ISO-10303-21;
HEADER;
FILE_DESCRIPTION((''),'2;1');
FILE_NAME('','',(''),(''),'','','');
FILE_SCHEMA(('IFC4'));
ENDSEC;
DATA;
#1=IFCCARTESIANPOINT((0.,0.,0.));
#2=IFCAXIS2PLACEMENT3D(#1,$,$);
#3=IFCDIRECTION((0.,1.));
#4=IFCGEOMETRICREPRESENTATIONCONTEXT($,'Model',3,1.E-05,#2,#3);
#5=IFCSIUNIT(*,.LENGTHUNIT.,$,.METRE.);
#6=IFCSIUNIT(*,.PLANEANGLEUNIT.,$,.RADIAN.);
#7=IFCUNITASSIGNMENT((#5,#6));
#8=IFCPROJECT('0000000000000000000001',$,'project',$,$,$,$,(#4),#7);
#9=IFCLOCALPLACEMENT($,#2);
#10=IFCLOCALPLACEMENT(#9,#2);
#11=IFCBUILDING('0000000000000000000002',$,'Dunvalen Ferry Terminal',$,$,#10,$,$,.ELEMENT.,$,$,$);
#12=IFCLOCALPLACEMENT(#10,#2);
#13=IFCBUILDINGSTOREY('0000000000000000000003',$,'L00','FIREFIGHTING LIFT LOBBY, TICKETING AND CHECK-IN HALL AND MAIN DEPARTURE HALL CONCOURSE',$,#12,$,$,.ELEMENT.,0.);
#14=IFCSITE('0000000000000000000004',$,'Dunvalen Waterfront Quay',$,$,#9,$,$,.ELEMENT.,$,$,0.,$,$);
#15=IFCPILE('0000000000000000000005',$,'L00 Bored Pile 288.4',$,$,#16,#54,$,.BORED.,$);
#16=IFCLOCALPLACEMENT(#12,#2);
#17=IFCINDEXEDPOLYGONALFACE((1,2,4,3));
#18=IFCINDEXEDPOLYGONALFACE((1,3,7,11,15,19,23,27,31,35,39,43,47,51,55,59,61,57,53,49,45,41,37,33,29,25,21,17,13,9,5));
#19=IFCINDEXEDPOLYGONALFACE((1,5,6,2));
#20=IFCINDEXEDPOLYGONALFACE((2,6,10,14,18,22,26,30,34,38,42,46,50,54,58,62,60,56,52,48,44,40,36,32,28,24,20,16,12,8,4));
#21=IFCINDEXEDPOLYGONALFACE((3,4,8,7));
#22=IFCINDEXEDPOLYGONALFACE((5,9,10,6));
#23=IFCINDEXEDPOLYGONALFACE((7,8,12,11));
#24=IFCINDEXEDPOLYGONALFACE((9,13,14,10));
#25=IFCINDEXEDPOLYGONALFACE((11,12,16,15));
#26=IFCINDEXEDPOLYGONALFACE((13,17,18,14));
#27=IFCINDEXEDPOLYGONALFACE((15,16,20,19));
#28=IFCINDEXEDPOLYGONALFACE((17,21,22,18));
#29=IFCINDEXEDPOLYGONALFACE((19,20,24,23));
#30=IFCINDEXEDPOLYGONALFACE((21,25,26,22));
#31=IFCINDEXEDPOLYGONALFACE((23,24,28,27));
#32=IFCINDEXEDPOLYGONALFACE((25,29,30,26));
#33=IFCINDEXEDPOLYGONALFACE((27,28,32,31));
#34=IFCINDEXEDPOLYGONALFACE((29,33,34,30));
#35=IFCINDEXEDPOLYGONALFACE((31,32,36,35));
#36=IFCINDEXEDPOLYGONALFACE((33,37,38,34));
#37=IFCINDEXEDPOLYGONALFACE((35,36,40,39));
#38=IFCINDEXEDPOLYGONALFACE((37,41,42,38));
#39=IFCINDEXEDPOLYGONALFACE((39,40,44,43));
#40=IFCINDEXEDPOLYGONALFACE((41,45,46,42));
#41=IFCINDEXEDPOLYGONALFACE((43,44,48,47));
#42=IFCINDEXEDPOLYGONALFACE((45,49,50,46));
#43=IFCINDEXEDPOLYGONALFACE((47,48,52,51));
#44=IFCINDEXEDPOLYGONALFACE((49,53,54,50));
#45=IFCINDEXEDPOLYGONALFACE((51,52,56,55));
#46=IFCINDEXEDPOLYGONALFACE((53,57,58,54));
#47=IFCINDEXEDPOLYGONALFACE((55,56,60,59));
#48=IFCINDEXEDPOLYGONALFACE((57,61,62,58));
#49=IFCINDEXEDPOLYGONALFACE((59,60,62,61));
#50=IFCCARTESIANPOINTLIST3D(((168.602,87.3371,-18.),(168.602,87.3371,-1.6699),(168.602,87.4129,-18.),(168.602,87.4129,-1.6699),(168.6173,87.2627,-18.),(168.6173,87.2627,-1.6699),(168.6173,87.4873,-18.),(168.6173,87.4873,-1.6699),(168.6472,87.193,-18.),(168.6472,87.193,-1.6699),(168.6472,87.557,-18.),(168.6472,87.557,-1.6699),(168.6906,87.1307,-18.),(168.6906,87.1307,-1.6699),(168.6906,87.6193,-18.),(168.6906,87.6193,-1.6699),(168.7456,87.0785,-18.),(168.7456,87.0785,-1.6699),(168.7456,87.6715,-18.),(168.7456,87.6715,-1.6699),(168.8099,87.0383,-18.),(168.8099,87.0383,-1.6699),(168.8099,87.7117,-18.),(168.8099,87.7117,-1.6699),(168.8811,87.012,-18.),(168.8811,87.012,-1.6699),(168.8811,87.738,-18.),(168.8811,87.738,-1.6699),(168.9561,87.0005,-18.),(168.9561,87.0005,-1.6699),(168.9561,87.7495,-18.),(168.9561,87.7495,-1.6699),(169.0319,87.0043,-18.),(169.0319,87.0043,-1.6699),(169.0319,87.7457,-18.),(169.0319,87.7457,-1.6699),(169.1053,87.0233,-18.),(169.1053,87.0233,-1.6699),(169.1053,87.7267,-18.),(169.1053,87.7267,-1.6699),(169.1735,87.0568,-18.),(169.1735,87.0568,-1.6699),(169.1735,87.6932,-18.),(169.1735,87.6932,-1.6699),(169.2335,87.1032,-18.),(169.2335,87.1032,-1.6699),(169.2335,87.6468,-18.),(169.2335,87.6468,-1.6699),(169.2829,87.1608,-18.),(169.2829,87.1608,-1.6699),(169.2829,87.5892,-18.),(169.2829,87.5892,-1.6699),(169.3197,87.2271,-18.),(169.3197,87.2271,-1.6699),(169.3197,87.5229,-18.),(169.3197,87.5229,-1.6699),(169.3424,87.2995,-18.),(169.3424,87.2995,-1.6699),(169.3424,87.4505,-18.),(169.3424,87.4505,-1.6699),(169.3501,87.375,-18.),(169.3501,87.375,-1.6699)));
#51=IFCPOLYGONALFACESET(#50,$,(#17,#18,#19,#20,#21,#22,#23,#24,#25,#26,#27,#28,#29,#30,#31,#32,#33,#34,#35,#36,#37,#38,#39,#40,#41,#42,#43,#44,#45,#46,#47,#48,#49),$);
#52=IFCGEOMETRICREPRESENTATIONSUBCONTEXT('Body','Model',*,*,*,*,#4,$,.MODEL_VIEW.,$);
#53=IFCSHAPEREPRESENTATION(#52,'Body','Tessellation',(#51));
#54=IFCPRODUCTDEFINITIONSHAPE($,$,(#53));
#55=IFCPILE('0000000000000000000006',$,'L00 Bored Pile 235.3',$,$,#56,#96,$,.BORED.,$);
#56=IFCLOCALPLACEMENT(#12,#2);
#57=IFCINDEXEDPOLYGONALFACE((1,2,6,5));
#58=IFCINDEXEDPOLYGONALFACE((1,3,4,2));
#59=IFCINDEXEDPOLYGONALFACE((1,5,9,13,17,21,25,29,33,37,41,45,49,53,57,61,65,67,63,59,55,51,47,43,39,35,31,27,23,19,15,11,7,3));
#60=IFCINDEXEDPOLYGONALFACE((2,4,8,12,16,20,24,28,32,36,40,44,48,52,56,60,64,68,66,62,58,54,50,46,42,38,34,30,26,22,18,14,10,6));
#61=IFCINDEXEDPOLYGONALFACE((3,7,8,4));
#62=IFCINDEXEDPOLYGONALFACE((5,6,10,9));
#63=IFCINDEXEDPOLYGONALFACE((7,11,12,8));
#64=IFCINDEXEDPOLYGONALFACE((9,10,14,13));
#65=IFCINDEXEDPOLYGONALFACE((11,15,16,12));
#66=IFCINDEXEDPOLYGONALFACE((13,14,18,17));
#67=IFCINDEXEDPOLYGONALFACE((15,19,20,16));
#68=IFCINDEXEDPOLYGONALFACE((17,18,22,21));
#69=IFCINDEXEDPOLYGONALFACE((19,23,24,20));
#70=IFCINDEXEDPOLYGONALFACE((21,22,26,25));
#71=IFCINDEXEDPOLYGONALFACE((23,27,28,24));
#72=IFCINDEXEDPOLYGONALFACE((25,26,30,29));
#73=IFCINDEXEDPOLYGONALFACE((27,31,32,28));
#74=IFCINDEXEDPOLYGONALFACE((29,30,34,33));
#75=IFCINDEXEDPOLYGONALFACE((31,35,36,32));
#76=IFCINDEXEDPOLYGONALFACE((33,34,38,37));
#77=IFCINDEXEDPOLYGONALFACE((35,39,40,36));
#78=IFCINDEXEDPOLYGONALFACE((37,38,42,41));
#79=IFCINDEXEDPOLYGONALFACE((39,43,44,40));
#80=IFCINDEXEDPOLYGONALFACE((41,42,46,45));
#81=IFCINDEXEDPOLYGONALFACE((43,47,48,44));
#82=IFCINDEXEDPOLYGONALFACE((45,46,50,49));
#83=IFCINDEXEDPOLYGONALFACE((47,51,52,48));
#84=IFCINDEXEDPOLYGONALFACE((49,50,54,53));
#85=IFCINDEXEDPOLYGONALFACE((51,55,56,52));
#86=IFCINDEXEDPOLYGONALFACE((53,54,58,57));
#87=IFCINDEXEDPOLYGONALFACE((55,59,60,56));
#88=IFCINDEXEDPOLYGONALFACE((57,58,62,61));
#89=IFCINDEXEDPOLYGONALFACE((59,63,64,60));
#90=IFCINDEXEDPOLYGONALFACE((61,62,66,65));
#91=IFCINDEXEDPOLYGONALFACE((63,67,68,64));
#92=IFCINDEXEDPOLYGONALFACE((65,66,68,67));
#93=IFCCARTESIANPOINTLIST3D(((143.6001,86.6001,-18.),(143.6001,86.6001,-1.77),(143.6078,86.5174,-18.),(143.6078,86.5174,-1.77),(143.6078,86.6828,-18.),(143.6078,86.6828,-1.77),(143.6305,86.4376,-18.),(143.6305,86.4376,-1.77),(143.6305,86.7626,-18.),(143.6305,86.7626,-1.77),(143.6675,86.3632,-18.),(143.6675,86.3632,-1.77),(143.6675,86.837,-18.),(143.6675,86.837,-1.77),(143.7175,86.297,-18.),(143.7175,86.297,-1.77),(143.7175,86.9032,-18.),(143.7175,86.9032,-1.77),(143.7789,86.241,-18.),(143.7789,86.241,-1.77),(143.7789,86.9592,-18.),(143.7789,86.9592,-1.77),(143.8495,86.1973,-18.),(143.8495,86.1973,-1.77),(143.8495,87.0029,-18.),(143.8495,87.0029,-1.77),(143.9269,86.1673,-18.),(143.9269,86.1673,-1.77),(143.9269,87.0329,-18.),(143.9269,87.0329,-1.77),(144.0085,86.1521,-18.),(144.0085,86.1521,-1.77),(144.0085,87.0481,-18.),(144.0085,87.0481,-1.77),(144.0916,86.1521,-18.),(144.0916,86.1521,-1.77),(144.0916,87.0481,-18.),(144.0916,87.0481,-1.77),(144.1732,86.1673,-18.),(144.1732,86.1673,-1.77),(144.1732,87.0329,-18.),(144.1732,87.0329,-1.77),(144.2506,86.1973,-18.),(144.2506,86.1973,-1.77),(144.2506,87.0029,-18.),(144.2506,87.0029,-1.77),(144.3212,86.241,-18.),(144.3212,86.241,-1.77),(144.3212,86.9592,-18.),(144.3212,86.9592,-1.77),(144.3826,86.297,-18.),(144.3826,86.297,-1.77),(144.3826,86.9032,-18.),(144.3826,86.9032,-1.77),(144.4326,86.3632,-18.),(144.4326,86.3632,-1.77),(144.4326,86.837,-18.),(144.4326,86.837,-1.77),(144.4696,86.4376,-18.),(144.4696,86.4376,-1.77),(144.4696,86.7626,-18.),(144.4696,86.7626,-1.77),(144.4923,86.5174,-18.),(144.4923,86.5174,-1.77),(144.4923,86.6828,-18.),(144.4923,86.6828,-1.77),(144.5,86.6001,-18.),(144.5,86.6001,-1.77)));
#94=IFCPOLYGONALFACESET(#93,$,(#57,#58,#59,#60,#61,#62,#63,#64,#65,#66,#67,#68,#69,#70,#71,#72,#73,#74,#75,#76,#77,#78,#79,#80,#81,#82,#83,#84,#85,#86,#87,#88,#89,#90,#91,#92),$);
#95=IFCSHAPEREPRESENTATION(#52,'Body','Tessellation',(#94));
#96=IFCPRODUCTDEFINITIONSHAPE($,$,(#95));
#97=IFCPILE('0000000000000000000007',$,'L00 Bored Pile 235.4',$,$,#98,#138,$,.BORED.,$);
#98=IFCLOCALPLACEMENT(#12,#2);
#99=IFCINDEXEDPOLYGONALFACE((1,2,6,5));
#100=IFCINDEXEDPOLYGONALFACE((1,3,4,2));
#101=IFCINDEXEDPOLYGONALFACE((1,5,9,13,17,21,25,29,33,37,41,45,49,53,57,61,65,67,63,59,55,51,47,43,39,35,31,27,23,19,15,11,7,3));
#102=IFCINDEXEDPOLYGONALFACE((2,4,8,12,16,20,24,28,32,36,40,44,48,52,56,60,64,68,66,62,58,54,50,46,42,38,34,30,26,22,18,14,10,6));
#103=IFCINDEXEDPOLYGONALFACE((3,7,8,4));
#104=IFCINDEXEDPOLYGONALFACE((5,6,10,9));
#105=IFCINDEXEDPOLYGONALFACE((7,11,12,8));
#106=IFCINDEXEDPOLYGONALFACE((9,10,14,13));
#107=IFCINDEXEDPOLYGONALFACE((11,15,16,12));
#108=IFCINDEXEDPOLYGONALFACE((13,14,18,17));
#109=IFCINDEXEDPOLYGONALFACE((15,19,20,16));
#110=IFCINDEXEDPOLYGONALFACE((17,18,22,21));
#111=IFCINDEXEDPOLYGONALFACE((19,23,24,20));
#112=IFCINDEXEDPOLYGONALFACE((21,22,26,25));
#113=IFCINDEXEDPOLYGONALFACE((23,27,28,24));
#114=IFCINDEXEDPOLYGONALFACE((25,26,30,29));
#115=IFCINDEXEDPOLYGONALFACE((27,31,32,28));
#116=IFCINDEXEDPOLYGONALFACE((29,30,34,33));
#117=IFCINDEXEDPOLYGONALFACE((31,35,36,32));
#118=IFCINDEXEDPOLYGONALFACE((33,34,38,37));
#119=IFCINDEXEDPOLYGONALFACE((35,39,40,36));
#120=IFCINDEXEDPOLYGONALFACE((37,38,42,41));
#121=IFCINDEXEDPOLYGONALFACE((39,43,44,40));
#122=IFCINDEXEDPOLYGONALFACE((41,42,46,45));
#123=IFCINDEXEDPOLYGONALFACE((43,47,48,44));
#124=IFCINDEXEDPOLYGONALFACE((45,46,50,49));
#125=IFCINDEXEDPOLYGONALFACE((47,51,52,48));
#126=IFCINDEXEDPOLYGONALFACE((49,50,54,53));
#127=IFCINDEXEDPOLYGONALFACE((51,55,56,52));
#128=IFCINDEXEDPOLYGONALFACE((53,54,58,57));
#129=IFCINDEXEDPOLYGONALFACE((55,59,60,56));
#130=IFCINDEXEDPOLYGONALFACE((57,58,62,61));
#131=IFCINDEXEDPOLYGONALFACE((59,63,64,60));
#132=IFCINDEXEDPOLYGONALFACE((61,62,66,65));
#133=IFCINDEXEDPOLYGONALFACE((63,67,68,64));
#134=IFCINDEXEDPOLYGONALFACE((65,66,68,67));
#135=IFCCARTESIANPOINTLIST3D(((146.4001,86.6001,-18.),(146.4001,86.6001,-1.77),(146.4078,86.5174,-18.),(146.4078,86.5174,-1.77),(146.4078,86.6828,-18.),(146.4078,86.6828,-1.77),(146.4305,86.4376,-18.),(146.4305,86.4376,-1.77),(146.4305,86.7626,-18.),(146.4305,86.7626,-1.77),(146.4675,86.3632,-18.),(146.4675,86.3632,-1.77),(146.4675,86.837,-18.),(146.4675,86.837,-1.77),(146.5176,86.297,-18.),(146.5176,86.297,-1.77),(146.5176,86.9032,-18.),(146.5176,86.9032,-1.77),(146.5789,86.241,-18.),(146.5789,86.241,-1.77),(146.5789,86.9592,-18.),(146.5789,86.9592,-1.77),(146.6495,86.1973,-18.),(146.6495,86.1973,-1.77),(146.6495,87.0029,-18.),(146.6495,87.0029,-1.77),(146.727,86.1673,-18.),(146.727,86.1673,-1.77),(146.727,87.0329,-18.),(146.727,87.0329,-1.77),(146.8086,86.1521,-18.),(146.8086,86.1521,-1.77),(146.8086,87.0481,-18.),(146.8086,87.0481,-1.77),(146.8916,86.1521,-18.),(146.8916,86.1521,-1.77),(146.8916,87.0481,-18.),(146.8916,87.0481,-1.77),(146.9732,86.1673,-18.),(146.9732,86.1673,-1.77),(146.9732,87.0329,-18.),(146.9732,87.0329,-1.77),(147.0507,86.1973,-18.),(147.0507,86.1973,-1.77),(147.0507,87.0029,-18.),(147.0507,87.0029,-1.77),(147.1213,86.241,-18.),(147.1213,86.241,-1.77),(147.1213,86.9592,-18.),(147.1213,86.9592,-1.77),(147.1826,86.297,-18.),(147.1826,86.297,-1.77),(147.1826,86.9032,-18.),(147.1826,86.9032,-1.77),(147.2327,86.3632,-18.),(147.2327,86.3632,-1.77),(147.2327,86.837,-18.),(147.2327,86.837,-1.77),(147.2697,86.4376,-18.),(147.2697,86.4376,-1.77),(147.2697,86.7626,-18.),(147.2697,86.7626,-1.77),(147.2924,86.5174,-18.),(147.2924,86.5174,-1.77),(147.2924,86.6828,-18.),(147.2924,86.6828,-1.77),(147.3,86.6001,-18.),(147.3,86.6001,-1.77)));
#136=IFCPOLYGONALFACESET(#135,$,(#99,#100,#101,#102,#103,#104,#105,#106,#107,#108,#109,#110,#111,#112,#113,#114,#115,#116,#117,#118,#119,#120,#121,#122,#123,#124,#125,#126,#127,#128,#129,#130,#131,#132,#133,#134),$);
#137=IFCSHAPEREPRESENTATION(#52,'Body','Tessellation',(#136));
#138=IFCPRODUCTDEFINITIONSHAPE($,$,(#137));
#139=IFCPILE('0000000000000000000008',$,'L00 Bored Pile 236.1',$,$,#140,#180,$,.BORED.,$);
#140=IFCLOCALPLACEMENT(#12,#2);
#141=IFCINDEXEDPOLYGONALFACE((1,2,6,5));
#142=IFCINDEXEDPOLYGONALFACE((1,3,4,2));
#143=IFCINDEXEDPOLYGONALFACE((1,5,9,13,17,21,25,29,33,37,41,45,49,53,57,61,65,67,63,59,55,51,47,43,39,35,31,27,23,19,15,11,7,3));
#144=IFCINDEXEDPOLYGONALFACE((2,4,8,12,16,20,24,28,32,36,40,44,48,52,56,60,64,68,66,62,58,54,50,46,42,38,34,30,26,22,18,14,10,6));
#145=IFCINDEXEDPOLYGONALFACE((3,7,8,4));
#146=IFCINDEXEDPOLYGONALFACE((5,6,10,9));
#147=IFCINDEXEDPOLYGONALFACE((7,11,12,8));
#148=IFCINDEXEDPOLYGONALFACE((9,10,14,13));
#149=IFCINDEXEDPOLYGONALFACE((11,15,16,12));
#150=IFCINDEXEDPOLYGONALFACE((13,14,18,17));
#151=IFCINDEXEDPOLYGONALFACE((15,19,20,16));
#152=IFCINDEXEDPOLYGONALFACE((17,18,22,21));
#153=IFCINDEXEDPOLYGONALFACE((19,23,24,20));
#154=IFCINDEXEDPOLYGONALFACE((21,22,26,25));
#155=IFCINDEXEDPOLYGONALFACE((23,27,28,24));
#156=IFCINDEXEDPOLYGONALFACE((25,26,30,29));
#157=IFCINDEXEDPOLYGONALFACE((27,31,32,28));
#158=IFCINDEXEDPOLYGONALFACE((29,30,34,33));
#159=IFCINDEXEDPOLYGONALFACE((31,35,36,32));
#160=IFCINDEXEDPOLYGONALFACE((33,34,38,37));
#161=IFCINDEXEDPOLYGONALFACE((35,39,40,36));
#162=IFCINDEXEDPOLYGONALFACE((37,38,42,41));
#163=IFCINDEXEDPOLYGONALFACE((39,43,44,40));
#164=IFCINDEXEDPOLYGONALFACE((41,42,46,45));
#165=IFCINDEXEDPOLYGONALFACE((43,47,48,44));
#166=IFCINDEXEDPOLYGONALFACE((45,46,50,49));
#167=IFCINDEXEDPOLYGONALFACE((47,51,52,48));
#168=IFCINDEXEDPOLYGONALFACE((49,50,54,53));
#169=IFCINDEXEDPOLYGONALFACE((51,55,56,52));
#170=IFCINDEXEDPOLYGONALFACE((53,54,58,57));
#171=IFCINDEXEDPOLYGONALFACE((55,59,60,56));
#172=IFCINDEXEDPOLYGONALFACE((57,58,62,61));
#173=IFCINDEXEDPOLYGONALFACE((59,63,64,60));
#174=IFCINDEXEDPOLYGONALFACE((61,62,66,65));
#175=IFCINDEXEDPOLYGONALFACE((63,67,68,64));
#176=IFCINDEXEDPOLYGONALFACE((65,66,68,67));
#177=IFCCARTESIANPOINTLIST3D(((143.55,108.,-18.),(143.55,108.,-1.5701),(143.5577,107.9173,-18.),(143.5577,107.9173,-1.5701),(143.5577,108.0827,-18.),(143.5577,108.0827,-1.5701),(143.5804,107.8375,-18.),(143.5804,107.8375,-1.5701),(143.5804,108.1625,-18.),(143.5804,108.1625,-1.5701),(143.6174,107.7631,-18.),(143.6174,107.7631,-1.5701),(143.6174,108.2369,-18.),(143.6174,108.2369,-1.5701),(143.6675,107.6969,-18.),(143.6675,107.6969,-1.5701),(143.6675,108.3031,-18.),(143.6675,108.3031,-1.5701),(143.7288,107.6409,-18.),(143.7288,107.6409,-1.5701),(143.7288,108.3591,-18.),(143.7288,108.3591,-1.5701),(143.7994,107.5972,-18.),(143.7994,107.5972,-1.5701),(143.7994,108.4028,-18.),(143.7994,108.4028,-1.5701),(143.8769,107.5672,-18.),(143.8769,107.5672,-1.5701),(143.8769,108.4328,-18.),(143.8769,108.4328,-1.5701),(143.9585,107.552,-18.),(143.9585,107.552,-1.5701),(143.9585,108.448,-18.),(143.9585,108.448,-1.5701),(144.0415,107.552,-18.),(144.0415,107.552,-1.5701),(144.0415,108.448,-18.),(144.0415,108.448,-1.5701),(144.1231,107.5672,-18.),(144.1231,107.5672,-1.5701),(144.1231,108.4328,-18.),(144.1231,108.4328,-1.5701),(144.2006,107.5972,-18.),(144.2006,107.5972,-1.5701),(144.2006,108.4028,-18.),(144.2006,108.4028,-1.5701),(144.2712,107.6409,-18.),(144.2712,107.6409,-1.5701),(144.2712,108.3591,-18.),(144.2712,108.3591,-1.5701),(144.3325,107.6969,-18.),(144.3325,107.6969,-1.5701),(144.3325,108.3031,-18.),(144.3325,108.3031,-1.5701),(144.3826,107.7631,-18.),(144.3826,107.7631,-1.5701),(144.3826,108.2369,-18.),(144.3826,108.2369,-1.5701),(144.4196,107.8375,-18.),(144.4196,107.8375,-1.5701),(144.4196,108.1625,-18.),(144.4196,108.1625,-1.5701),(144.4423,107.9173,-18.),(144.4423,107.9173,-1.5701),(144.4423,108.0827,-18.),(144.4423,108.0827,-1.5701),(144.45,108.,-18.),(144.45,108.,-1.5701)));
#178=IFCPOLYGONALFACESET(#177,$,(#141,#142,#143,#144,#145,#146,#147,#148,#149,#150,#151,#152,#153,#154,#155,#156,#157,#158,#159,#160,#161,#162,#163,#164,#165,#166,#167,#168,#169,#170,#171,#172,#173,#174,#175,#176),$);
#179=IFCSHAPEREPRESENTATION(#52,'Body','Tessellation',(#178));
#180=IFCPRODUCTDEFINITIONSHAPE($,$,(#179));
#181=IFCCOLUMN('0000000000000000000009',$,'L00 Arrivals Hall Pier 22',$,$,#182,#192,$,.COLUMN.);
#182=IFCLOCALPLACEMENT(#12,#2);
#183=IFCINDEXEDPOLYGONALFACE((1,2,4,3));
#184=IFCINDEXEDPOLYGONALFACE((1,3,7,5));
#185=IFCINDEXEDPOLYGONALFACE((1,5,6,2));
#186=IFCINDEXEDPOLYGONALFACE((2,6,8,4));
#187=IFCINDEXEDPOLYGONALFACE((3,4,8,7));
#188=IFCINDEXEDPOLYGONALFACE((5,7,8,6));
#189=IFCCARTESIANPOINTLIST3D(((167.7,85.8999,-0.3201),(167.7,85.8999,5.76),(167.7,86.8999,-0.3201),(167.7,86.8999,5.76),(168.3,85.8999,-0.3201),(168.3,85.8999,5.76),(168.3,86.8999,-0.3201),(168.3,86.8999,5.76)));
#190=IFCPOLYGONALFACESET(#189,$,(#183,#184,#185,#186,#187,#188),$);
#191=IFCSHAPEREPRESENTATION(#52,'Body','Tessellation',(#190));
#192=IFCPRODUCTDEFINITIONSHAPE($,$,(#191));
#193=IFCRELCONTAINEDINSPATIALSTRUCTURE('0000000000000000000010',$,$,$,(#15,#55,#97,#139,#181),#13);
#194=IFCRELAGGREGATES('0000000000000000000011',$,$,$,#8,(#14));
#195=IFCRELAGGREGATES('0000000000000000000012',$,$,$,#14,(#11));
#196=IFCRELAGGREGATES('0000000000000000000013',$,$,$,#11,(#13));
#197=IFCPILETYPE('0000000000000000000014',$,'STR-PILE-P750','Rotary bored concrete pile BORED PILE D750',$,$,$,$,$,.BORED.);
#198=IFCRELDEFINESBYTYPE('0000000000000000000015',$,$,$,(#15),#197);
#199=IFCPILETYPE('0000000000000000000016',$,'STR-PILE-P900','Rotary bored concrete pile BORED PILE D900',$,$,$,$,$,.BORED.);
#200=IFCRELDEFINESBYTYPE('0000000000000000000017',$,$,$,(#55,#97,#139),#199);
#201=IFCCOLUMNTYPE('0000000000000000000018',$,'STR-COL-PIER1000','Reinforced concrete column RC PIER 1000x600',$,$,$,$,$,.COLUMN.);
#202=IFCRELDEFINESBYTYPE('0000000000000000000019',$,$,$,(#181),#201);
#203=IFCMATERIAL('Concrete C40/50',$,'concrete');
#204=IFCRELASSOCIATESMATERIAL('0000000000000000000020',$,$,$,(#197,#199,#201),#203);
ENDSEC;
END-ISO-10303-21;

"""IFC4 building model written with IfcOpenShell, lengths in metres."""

from ifc_helpers import new_model, si_unit, direction, frame, origin, origin_2d, place, context, subcontext, project, spatial, rectangle, circle, extrude, material, material_profile, profile_set, type_object, element, save


model = new_model("IFC4")

# Units and contexts
model_context = context("Model", 3, precision=1e-05, world=origin(), true_north=direction((0.0, 1.0)))
body_context = subcontext(model_context, "Body", "Model", "MODEL_VIEW")
ifc_project = project(units=[si_unit("LENGTHUNIT", "METRE"), si_unit("PLANEANGLEUNIT", "RADIAN")], contexts=[model_context])

# Site, building, storey
site_placement = place(None, origin())
site = spatial("IfcSite", under=ifc_project, at=site_placement, Name="Dunvalen Waterfront Quay", CompositionType="ELEMENT", RefElevation=0.0)
building_placement = place(site_placement, origin())
building = spatial("IfcBuilding", under=site, at=building_placement, Name="Dunvalen Ferry Terminal", CompositionType="ELEMENT")
storey_placement = place(building_placement, origin())
storey = spatial("IfcBuildingStorey", under=building, at=storey_placement, Name="L00", Description="FIREFIGHTING LIFT LOBBY, TICKETING AND CHECK-IN HALL AND MAIN DEPARTURE HALL CONCOURSE", CompositionType="ELEMENT", Elevation=0.0)

# Shared definitions
ifc_material_1 = material(Name="Concrete C40/50", Category="concrete")

# Piles
ifc_material_profile_1 = material_profile(ifc_material_1, circle(Radius=0.375, at=origin_2d()), Name="Concrete C40/50")
ifc_profile_set_1 = profile_set([ifc_material_profile_1], Name="Concrete C40/50")
pile_type_1 = type_object("IfcPileType", Name="STR-PILE-P750", Description="Rotary bored concrete pile BORED PILE D750", PredefinedType="BORED", material=ifc_profile_set_1)
for number, where, z_axis, x_axis, name in (
    (1, (168.9751, 87.375, -1.6699), (0.0, 0.0, -1.0), (1.0, 0.0, 0.0), "L00 Bored Pile 288.4"),
):
    element("IfcPile", number, at=place(storey_placement, frame(where, z_axis=z_axis, x_axis=x_axis)), inside=storey, type_object=pile_type_1, Name=name, PredefinedType="BORED", context=body_context, shape_type="SweptSolid", body=[
        extrude(circle(Radius=0.375, at=origin_2d()), origin(), (0.0, 0.0, 1.0), 16.3301),
    ])
ifc_material_profile_2 = material_profile(ifc_material_1, circle(Radius=0.45, at=origin_2d()), Name="Concrete C40/50")
ifc_profile_set_2 = profile_set([ifc_material_profile_2], Name="Concrete C40/50")
pile_type_2 = type_object("IfcPileType", Name="STR-PILE-P900", Description="Rotary bored concrete pile BORED PILE D900", PredefinedType="BORED", material=ifc_profile_set_2)
for number, where, z_axis, x_axis, name in (
    (2, (144.05, 86.6001, -1.77), (0.0, 0.0, -1.0), (1.0, 0.0, 0.0), "L00 Bored Pile 235.3"),
    (3, (146.8501, 86.6001, -1.77), (0.0, 0.0, -1.0), (1.0, 0.0, 0.0), "L00 Bored Pile 235.4"),
):
    element("IfcPile", number, at=place(storey_placement, frame(where, z_axis=z_axis, x_axis=x_axis)), inside=storey, type_object=pile_type_2, Name=name, PredefinedType="BORED", context=body_context, shape_type="SweptSolid", body=[
        extrude(circle(Radius=0.45, at=origin_2d()), origin(), (0.0, 0.0, 1.0), 16.23),
    ])
pile_1_placement = place(storey_placement, frame((144.0, 108.0, -1.5701), z_axis=(0.0, 0.0, -1.0), x_axis=(1.0, 0.0, 0.0)))
element("IfcPile", 4, at=pile_1_placement, inside=storey, type_object=pile_type_2, Name="L00 Bored Pile 236.1", PredefinedType="BORED", context=body_context, shape_type="SweptSolid", body=[
    extrude(circle(Radius=0.45, at=origin_2d()), origin(), (0.0, 0.0, 1.0), 16.4299),
])

# Column
ifc_material_profile_3 = material_profile(ifc_material_1, rectangle(XDim=0.6001, YDim=1.0, at=origin_2d()), Name="Concrete C40/50")
ifc_profile_set_3 = profile_set([ifc_material_profile_3], Name="Concrete C40/50")
column_type_1 = type_object("IfcColumnType", Name="STR-COL-PIER1000", Description="Reinforced concrete column RC PIER 1000x600", PredefinedType="COLUMN", material=ifc_profile_set_3)
column_1_placement = place(storey_placement, frame((168.0, 86.3999, -0.3201), z_axis=(0.0, 0.0, 1.0), x_axis=(1.0, 0.0, 0.0)))
element("IfcColumn", 5, at=column_1_placement, inside=storey, type_object=column_type_1, Name="L00 Arrivals Hall Pier 22", PredefinedType="COLUMN", context=body_context, shape_type="SweptSolid", body=[
    extrude(rectangle(XDim=0.6001, YDim=1.0, at=origin_2d()), origin(), (0.0, 0.0, 1.0), 6.0801),
])

save(model, "model.ifc")
